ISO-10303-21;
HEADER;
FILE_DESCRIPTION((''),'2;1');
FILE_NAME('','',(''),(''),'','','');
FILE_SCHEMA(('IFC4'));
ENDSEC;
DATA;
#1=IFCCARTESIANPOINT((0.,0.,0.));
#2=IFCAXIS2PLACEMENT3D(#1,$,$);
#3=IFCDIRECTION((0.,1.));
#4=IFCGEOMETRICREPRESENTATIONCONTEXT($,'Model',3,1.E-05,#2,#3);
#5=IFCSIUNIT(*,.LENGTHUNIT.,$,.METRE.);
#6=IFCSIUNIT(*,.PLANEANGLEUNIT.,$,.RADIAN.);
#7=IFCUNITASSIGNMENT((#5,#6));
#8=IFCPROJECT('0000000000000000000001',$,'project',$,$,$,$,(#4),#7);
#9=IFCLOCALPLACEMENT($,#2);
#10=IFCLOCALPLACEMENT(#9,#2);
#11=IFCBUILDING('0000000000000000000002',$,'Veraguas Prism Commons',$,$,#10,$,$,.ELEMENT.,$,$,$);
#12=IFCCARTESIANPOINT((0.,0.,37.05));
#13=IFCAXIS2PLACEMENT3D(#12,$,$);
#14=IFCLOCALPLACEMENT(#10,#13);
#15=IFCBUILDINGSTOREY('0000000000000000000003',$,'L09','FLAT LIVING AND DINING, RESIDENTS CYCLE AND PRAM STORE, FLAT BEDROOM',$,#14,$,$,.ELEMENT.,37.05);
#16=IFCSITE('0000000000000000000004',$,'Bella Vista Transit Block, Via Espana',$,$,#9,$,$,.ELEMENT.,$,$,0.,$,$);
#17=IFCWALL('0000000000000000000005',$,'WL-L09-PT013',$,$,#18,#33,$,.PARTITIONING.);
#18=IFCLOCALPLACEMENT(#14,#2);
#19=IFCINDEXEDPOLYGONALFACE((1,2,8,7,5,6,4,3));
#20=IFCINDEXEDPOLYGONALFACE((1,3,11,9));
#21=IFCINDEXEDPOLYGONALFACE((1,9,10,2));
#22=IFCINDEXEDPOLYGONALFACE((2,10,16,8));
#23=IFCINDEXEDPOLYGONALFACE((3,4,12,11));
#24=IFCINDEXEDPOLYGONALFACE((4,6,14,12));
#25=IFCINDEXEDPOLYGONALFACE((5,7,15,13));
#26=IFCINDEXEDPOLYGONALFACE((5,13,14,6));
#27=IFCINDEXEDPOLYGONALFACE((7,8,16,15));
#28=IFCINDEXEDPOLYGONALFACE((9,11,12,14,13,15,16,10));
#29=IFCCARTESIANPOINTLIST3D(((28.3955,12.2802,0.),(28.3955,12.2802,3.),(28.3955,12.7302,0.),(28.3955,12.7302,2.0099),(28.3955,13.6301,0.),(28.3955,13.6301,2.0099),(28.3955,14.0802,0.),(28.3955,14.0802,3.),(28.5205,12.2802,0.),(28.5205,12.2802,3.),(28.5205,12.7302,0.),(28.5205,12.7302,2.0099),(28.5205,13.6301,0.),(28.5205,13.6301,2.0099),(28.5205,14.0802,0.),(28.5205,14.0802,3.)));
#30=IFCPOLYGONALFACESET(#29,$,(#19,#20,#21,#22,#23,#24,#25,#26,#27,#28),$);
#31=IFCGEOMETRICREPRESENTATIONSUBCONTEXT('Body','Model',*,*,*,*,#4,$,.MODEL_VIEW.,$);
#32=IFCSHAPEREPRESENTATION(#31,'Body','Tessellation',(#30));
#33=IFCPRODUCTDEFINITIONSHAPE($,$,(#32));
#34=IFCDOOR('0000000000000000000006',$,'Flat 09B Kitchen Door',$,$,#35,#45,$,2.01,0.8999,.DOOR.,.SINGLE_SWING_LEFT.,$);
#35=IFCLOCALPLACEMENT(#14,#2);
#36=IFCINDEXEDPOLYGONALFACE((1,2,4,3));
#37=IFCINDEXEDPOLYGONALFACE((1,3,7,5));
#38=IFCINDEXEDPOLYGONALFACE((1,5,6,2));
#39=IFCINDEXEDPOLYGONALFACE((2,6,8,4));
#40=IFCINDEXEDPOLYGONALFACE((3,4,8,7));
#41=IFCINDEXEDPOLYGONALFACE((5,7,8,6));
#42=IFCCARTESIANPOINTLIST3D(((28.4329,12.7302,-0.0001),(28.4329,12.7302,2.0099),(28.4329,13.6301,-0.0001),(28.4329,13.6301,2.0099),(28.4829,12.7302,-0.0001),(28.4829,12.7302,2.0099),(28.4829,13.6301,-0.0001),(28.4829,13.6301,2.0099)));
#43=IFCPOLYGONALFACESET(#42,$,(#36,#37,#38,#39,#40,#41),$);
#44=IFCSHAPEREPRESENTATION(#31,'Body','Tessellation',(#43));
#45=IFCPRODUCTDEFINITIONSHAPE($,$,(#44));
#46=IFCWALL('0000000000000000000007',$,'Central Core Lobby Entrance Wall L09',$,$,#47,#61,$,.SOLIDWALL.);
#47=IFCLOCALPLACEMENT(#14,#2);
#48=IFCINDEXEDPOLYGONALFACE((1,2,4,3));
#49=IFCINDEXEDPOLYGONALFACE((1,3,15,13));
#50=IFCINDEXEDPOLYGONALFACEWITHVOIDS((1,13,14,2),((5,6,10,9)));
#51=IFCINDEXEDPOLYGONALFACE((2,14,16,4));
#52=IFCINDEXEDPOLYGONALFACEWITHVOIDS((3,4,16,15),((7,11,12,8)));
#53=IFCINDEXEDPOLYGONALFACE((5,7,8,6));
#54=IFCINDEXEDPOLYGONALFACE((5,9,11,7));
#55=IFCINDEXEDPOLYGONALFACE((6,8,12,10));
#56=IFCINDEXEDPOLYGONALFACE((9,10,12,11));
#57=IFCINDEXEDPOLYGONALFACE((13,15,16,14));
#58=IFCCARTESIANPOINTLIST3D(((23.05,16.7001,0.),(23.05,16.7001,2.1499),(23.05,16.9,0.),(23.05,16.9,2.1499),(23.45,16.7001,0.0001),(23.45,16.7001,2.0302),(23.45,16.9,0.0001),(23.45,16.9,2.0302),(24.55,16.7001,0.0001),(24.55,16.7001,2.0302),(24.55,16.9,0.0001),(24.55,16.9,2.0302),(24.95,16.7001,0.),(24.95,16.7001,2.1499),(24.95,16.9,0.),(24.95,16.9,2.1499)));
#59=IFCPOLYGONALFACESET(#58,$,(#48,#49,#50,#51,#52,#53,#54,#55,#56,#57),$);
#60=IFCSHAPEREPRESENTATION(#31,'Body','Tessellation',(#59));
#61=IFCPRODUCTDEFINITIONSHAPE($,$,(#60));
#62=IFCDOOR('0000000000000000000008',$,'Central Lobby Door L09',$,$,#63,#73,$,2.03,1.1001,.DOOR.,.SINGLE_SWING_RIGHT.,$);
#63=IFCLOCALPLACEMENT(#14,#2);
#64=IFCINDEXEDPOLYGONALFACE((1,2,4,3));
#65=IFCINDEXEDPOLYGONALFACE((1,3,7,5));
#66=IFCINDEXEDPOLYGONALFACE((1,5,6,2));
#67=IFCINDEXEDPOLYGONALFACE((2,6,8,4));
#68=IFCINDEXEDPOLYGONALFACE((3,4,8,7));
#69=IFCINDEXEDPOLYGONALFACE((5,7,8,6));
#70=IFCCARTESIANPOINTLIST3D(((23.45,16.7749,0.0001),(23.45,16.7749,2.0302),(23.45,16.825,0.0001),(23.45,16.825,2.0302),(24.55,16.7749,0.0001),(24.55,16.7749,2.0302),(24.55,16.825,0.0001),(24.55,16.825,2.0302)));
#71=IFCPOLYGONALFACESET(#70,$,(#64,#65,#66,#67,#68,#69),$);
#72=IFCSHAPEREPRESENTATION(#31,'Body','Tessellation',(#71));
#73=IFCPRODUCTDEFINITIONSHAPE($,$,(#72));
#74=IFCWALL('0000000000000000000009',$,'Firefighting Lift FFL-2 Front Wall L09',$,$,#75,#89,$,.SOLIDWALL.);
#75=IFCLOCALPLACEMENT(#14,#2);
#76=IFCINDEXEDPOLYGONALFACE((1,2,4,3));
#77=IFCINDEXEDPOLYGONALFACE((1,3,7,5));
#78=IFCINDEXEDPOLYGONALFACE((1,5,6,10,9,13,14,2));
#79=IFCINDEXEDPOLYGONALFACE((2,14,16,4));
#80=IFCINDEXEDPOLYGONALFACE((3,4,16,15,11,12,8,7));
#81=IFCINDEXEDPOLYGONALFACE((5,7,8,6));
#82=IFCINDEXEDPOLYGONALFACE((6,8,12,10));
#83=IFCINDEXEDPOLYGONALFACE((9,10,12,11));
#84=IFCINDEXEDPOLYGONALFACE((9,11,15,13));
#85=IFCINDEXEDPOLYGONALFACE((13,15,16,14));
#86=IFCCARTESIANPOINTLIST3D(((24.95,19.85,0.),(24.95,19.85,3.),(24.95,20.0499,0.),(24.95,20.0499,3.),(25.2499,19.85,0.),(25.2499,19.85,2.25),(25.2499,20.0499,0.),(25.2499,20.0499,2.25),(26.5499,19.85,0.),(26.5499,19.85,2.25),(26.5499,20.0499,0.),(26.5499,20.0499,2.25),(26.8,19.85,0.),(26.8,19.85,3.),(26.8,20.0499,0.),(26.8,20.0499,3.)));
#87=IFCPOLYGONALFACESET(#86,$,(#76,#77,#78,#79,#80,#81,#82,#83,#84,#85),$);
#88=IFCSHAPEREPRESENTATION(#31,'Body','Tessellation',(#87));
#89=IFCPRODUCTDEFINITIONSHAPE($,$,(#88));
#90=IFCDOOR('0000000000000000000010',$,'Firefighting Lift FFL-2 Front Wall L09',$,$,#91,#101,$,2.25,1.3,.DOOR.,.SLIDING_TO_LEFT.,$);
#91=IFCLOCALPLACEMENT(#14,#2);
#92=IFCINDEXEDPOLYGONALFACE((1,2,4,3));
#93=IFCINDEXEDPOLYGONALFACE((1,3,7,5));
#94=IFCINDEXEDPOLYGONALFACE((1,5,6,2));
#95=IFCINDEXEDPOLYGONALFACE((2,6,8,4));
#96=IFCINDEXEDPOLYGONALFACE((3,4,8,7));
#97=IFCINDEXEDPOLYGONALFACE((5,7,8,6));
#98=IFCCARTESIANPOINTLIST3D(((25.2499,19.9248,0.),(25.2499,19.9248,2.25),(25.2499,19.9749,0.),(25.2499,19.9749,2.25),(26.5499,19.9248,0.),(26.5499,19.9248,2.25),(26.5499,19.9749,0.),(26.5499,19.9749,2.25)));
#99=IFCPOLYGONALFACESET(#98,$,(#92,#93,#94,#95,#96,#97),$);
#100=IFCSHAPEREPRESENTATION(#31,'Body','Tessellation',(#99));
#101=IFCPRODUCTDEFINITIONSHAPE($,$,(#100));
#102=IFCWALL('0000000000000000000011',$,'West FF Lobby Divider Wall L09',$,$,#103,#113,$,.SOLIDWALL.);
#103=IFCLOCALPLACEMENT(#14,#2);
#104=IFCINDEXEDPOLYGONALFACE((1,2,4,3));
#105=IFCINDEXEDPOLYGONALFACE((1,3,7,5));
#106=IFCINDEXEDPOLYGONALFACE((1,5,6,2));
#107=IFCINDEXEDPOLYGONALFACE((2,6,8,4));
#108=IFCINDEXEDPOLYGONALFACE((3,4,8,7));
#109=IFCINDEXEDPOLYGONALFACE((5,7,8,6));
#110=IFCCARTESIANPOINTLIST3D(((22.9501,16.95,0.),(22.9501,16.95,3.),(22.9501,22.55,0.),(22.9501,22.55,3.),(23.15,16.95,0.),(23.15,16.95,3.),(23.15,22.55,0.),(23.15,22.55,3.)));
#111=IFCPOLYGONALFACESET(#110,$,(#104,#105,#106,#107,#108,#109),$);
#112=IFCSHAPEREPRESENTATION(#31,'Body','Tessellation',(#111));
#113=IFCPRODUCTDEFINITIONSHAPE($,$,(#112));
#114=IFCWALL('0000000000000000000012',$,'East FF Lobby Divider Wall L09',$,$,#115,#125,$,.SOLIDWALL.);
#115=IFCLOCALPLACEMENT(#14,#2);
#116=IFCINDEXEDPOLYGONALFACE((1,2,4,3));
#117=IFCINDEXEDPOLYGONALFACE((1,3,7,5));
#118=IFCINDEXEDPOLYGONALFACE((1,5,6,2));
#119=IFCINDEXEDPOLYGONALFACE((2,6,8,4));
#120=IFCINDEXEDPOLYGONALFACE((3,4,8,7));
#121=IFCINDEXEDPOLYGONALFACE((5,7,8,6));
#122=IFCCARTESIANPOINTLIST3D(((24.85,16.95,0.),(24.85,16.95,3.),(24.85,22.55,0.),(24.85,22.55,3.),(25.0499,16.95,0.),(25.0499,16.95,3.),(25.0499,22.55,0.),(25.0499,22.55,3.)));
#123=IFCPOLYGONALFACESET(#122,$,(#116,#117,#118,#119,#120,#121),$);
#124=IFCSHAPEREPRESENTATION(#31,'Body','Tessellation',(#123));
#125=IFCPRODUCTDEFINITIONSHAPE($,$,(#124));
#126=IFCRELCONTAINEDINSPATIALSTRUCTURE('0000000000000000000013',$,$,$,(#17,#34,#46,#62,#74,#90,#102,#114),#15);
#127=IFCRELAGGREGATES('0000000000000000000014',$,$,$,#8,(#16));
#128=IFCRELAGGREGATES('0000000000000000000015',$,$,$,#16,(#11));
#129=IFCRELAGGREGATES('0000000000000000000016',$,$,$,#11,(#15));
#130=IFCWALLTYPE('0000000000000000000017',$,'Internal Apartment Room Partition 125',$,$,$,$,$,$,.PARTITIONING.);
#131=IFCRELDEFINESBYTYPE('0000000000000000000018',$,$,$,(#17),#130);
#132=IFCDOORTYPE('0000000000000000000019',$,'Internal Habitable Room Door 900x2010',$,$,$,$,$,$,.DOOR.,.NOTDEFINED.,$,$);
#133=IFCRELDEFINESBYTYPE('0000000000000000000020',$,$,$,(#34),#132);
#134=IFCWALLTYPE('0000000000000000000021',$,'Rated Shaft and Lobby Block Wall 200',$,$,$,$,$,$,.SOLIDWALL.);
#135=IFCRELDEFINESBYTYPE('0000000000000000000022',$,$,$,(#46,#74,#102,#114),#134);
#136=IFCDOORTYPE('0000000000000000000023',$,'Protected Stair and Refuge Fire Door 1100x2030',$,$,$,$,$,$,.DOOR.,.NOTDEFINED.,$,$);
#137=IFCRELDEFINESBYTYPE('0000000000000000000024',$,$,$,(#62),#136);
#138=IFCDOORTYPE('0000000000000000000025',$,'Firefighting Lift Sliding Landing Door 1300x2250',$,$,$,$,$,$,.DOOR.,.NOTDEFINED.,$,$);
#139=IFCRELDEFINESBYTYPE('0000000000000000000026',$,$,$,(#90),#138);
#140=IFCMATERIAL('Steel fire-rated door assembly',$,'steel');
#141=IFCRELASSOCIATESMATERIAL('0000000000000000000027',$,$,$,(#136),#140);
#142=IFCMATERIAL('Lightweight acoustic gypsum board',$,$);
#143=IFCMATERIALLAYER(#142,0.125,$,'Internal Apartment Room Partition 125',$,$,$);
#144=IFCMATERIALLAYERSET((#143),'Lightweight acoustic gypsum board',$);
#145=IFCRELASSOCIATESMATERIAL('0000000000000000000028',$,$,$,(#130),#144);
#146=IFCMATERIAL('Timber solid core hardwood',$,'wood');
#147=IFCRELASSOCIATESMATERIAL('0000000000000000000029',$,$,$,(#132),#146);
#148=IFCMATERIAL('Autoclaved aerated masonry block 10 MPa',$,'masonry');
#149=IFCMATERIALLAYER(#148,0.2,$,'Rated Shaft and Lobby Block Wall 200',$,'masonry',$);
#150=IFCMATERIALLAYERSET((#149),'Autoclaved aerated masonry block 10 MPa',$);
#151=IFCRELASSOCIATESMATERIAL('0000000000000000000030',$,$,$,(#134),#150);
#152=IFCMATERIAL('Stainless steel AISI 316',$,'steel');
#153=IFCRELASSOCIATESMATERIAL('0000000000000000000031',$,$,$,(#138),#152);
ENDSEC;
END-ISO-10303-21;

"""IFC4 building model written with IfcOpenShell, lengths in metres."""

from ifc_helpers import new_model, si_unit, direction, frame, frame_2d, origin, place, context, subcontext, project, spatial, rectangle, extrude, source, transform, mapped, material, layer, layer_set, type_object, element, fill, save


model = new_model("IFC4")

# Units and contexts
model_context = context("Model", 3, precision=1e-05, world=origin(), true_north=direction((0.0, 1.0)))
body_context = subcontext(model_context, "Body", "Model", "MODEL_VIEW")
ifc_project = project(units=[si_unit("LENGTHUNIT", "METRE"), si_unit("PLANEANGLEUNIT", "RADIAN")], contexts=[model_context])

# Site, building, storey
site_placement = place(None, origin())
site = spatial("IfcSite", under=ifc_project, at=site_placement, Name="Bella Vista Transit Block, Via Espana", CompositionType="ELEMENT", RefElevation=0.0)
building_placement = place(site_placement, origin())
building = spatial("IfcBuilding", under=site, at=building_placement, Name="Veraguas Prism Commons", CompositionType="ELEMENT")
storey_placement = place(building_placement, frame((0.0, 0.0, 37.05)))
storey = spatial("IfcBuildingStorey", under=building, at=storey_placement, Name="L09", Description="FLAT LIVING AND DINING, RESIDENTS CYCLE AND PRAM STORE, FLAT BEDROOM", CompositionType="ELEMENT", Elevation=37.05)

# Shared definitions
ifc_material_1 = material(Name="Steel fire-rated door assembly", Category="steel")
door_type_1 = type_object("IfcDoorType", Name="Protected Stair and Refuge Fire Door 1100x2030", OperationType="NOTDEFINED", PredefinedType="DOOR", material=ifc_material_1)
shared_shape_1 = source(origin(), body_context, "Body", "SweptSolid", [
    extrude(rectangle(XDim=1.1001, YDim=2.03, at=frame_2d((0.55, 1.0151))), frame((0.0, 0.0249, 0.0), z_axis=(0.0, -1.0, 0.0), x_axis=(1.0, 0.0, 0.0)), (0.0, 0.0, 1.0), 0.05),
])

# Walls, openings, doors
ifc_material_2 = material(Name="Autoclaved aerated masonry block 10 MPa", Category="masonry")
ifc_material_3 = material(Name="Lightweight acoustic gypsum board")
ifc_layer_1 = layer(ifc_material_3, 0.125, Name="Internal Apartment Room Partition 125")
ifc_layer_set_1 = layer_set([ifc_layer_1], Name="Lightweight acoustic gypsum board")
wall_type_1 = type_object("IfcWallType", Name="Internal Apartment Room Partition 125", PredefinedType="PARTITIONING", material=ifc_layer_set_1)
wall_1_placement = place(storey_placement, frame((28.458, 14.0801, 0.0), z_axis=(0.0, 0.0, 1.0), x_axis=(0.0, -1.0, 0.0)))
wall_1 = element("IfcWall", 1, at=wall_1_placement, inside=storey, type_object=wall_type_1, Name="WL-L09-PT013", PredefinedType="PARTITIONING", context=body_context, shape_type="SweptSolid", body=[
    extrude(rectangle(XDim=1.8, YDim=0.125, at=frame_2d((0.8999, 0.0))), origin(), (0.0, 0.0, 1.0), 3.0),
])
opening_1_placement = place(wall_1_placement, frame((0.45, 0.0, 0.0)))
opening_1 = element("IfcOpeningElement", 2, at=opening_1_placement, cuts=wall_1, PredefinedType="OPENING", context=body_context, shape_type="SweptSolid", body=[
    extrude(rectangle(XDim=0.8999, YDim=2.01, at=frame_2d((0.45, 1.0049))), frame((0.0, 0.0725, 0.0), z_axis=(0.0, -1.0, 0.0), x_axis=(1.0, 0.0, 0.0)), (0.0, 0.0, 1.0), 0.145),
])
ifc_material_4 = material(Name="Timber solid core hardwood", Category="wood")
door_type_2 = type_object("IfcDoorType", Name="Internal Habitable Room Door 900x2010", OperationType="NOTDEFINED", PredefinedType="DOOR", material=ifc_material_4)
shared_shape_2 = source(origin(), body_context, "Body", "SweptSolid", [
    extrude(rectangle(XDim=0.8999, YDim=2.01, at=frame_2d((0.45, 1.0049))), frame((0.0, 0.0249, 0.0), z_axis=(0.0, -1.0, 0.0), x_axis=(1.0, 0.0, 0.0)), (0.0, 0.0, 1.0), 0.05),
])
door_1_placement = place(opening_1_placement, origin())
door_1 = element("IfcDoor", 3, at=door_1_placement, inside=storey, type_object=door_type_2, Name="Flat 09B Kitchen Door", OperationType="SINGLE_SWING_LEFT", OverallHeight=2.01, OverallWidth=0.8999, PredefinedType="DOOR", context=body_context, shape_type="MappedRepresentation", body=[
    mapped(shared_shape_2, transform((0.0, 0.0, 0.0), scale=1.0)),
])
fill(opening_1, door_1)
ifc_layer_2 = layer(ifc_material_2, 0.2, Name="Rated Shaft and Lobby Block Wall 200", Category="masonry")
ifc_layer_set_2 = layer_set([ifc_layer_2], Name="Autoclaved aerated masonry block 10 MPa")
wall_type_2 = type_object("IfcWallType", Name="Rated Shaft and Lobby Block Wall 200", PredefinedType="SOLIDWALL", material=ifc_layer_set_2)
wall_2_placement = place(storey_placement, frame((23.05, 16.8, 0.0), z_axis=(0.0, 0.0, 1.0), x_axis=(1.0, 0.0, 0.0)))
wall_2 = element("IfcWall", 4, at=wall_2_placement, inside=storey, type_object=wall_type_2, Name="Central Core Lobby Entrance Wall L09", PredefinedType="SOLIDWALL", context=body_context, shape_type="SweptSolid", body=[
    extrude(rectangle(XDim=1.8999, YDim=0.2, at=frame_2d((0.95, 0.0))), origin(), (0.0, 0.0, 1.0), 2.1499),
])
opening_2_placement = place(wall_2_placement, frame((0.3999, 0.0, 0.0)))
opening_2 = element("IfcOpeningElement", 5, at=opening_2_placement, cuts=wall_2, PredefinedType="OPENING", context=body_context, shape_type="SweptSolid", body=[
    extrude(rectangle(XDim=1.1001, YDim=2.03, at=frame_2d((0.55, 1.0151))), frame((0.0, 0.1099, 0.0), z_axis=(0.0, -1.0, 0.0), x_axis=(1.0, 0.0, 0.0)), (0.0, 0.0, 1.0), 0.22),
])
door_2_placement = place(opening_2_placement, origin())
door_2 = element("IfcDoor", 6, at=door_2_placement, inside=storey, type_object=door_type_1, Name="Central Lobby Door L09", OperationType="SINGLE_SWING_RIGHT", OverallHeight=2.03, OverallWidth=1.1001, PredefinedType="DOOR", context=body_context, shape_type="MappedRepresentation", body=[
    mapped(shared_shape_1, transform((0.0, 0.0, 0.0), scale=1.0)),
])
fill(opening_2, door_2)
wall_3_placement = place(storey_placement, frame((24.95, 19.95, 0.0), z_axis=(0.0, 0.0, 1.0), x_axis=(1.0, 0.0, 0.0)))
wall_3 = element("IfcWall", 7, at=wall_3_placement, inside=storey, type_object=wall_type_2, Name="Firefighting Lift FFL-2 Front Wall L09", PredefinedType="SOLIDWALL", context=body_context, shape_type="SweptSolid", body=[
    extrude(rectangle(XDim=1.8501, YDim=0.2, at=frame_2d((0.925, 0.0))), origin(), (0.0, 0.0, 1.0), 3.0),
])
opening_3_placement = place(wall_3_placement, frame((0.3, 0.0, 0.0)))
opening_3 = element("IfcOpeningElement", 8, at=opening_3_placement, cuts=wall_3, PredefinedType="OPENING", context=body_context, shape_type="SweptSolid", body=[
    extrude(rectangle(XDim=1.3, YDim=2.25, at=frame_2d((0.6499, 1.125))), frame((0.0, 0.1099, 0.0), z_axis=(0.0, -1.0, 0.0), x_axis=(1.0, 0.0, 0.0)), (0.0, 0.0, 1.0), 0.22),
])
ifc_material_5 = material(Name="Stainless steel AISI 316", Category="steel")
door_type_3 = type_object("IfcDoorType", Name="Firefighting Lift Sliding Landing Door 1300x2250", OperationType="NOTDEFINED", PredefinedType="DOOR", material=ifc_material_5)
shared_shape_3 = source(origin(), body_context, "Body", "SweptSolid", [
    extrude(rectangle(XDim=1.3, YDim=2.25, at=frame_2d((0.6499, 1.125))), frame((0.0, 0.0249, 0.0), z_axis=(0.0, -1.0, 0.0), x_axis=(1.0, 0.0, 0.0)), (0.0, 0.0, 1.0), 0.05),
])
door_3_placement = place(opening_3_placement, origin())
door_3 = element("IfcDoor", 9, at=door_3_placement, inside=storey, type_object=door_type_3, Name="Firefighting Lift FFL-2 Front Wall L09", OperationType="SLIDING_TO_LEFT", OverallHeight=2.25, OverallWidth=1.3, PredefinedType="DOOR", context=body_context, shape_type="MappedRepresentation", body=[
    mapped(shared_shape_3, transform((0.0, 0.0, 0.0), scale=1.0)),
])
fill(opening_3, door_3)

# Walls
for number, where, z_axis, x_axis, name in (
    (10, (23.05, 16.95, 0.0), (0.0, 0.0, 1.0), (0.0, 1.0, 0.0), "West FF Lobby Divider Wall L09"),
    (11, (24.95, 16.95, 0.0), (0.0, 0.0, 1.0), (0.0, 1.0, 0.0), "East FF Lobby Divider Wall L09"),
):
    element("IfcWall", number, at=place(storey_placement, frame(where, z_axis=z_axis, x_axis=x_axis)), inside=storey, type_object=wall_type_2, Name=name, PredefinedType="SOLIDWALL", context=body_context, shape_type="SweptSolid", body=[
        extrude(rectangle(XDim=5.6001, YDim=0.2, at=frame_2d((2.8, 0.0))), origin(), (0.0, 0.0, 1.0), 3.0),
    ])

save(model, "model.ifc")
